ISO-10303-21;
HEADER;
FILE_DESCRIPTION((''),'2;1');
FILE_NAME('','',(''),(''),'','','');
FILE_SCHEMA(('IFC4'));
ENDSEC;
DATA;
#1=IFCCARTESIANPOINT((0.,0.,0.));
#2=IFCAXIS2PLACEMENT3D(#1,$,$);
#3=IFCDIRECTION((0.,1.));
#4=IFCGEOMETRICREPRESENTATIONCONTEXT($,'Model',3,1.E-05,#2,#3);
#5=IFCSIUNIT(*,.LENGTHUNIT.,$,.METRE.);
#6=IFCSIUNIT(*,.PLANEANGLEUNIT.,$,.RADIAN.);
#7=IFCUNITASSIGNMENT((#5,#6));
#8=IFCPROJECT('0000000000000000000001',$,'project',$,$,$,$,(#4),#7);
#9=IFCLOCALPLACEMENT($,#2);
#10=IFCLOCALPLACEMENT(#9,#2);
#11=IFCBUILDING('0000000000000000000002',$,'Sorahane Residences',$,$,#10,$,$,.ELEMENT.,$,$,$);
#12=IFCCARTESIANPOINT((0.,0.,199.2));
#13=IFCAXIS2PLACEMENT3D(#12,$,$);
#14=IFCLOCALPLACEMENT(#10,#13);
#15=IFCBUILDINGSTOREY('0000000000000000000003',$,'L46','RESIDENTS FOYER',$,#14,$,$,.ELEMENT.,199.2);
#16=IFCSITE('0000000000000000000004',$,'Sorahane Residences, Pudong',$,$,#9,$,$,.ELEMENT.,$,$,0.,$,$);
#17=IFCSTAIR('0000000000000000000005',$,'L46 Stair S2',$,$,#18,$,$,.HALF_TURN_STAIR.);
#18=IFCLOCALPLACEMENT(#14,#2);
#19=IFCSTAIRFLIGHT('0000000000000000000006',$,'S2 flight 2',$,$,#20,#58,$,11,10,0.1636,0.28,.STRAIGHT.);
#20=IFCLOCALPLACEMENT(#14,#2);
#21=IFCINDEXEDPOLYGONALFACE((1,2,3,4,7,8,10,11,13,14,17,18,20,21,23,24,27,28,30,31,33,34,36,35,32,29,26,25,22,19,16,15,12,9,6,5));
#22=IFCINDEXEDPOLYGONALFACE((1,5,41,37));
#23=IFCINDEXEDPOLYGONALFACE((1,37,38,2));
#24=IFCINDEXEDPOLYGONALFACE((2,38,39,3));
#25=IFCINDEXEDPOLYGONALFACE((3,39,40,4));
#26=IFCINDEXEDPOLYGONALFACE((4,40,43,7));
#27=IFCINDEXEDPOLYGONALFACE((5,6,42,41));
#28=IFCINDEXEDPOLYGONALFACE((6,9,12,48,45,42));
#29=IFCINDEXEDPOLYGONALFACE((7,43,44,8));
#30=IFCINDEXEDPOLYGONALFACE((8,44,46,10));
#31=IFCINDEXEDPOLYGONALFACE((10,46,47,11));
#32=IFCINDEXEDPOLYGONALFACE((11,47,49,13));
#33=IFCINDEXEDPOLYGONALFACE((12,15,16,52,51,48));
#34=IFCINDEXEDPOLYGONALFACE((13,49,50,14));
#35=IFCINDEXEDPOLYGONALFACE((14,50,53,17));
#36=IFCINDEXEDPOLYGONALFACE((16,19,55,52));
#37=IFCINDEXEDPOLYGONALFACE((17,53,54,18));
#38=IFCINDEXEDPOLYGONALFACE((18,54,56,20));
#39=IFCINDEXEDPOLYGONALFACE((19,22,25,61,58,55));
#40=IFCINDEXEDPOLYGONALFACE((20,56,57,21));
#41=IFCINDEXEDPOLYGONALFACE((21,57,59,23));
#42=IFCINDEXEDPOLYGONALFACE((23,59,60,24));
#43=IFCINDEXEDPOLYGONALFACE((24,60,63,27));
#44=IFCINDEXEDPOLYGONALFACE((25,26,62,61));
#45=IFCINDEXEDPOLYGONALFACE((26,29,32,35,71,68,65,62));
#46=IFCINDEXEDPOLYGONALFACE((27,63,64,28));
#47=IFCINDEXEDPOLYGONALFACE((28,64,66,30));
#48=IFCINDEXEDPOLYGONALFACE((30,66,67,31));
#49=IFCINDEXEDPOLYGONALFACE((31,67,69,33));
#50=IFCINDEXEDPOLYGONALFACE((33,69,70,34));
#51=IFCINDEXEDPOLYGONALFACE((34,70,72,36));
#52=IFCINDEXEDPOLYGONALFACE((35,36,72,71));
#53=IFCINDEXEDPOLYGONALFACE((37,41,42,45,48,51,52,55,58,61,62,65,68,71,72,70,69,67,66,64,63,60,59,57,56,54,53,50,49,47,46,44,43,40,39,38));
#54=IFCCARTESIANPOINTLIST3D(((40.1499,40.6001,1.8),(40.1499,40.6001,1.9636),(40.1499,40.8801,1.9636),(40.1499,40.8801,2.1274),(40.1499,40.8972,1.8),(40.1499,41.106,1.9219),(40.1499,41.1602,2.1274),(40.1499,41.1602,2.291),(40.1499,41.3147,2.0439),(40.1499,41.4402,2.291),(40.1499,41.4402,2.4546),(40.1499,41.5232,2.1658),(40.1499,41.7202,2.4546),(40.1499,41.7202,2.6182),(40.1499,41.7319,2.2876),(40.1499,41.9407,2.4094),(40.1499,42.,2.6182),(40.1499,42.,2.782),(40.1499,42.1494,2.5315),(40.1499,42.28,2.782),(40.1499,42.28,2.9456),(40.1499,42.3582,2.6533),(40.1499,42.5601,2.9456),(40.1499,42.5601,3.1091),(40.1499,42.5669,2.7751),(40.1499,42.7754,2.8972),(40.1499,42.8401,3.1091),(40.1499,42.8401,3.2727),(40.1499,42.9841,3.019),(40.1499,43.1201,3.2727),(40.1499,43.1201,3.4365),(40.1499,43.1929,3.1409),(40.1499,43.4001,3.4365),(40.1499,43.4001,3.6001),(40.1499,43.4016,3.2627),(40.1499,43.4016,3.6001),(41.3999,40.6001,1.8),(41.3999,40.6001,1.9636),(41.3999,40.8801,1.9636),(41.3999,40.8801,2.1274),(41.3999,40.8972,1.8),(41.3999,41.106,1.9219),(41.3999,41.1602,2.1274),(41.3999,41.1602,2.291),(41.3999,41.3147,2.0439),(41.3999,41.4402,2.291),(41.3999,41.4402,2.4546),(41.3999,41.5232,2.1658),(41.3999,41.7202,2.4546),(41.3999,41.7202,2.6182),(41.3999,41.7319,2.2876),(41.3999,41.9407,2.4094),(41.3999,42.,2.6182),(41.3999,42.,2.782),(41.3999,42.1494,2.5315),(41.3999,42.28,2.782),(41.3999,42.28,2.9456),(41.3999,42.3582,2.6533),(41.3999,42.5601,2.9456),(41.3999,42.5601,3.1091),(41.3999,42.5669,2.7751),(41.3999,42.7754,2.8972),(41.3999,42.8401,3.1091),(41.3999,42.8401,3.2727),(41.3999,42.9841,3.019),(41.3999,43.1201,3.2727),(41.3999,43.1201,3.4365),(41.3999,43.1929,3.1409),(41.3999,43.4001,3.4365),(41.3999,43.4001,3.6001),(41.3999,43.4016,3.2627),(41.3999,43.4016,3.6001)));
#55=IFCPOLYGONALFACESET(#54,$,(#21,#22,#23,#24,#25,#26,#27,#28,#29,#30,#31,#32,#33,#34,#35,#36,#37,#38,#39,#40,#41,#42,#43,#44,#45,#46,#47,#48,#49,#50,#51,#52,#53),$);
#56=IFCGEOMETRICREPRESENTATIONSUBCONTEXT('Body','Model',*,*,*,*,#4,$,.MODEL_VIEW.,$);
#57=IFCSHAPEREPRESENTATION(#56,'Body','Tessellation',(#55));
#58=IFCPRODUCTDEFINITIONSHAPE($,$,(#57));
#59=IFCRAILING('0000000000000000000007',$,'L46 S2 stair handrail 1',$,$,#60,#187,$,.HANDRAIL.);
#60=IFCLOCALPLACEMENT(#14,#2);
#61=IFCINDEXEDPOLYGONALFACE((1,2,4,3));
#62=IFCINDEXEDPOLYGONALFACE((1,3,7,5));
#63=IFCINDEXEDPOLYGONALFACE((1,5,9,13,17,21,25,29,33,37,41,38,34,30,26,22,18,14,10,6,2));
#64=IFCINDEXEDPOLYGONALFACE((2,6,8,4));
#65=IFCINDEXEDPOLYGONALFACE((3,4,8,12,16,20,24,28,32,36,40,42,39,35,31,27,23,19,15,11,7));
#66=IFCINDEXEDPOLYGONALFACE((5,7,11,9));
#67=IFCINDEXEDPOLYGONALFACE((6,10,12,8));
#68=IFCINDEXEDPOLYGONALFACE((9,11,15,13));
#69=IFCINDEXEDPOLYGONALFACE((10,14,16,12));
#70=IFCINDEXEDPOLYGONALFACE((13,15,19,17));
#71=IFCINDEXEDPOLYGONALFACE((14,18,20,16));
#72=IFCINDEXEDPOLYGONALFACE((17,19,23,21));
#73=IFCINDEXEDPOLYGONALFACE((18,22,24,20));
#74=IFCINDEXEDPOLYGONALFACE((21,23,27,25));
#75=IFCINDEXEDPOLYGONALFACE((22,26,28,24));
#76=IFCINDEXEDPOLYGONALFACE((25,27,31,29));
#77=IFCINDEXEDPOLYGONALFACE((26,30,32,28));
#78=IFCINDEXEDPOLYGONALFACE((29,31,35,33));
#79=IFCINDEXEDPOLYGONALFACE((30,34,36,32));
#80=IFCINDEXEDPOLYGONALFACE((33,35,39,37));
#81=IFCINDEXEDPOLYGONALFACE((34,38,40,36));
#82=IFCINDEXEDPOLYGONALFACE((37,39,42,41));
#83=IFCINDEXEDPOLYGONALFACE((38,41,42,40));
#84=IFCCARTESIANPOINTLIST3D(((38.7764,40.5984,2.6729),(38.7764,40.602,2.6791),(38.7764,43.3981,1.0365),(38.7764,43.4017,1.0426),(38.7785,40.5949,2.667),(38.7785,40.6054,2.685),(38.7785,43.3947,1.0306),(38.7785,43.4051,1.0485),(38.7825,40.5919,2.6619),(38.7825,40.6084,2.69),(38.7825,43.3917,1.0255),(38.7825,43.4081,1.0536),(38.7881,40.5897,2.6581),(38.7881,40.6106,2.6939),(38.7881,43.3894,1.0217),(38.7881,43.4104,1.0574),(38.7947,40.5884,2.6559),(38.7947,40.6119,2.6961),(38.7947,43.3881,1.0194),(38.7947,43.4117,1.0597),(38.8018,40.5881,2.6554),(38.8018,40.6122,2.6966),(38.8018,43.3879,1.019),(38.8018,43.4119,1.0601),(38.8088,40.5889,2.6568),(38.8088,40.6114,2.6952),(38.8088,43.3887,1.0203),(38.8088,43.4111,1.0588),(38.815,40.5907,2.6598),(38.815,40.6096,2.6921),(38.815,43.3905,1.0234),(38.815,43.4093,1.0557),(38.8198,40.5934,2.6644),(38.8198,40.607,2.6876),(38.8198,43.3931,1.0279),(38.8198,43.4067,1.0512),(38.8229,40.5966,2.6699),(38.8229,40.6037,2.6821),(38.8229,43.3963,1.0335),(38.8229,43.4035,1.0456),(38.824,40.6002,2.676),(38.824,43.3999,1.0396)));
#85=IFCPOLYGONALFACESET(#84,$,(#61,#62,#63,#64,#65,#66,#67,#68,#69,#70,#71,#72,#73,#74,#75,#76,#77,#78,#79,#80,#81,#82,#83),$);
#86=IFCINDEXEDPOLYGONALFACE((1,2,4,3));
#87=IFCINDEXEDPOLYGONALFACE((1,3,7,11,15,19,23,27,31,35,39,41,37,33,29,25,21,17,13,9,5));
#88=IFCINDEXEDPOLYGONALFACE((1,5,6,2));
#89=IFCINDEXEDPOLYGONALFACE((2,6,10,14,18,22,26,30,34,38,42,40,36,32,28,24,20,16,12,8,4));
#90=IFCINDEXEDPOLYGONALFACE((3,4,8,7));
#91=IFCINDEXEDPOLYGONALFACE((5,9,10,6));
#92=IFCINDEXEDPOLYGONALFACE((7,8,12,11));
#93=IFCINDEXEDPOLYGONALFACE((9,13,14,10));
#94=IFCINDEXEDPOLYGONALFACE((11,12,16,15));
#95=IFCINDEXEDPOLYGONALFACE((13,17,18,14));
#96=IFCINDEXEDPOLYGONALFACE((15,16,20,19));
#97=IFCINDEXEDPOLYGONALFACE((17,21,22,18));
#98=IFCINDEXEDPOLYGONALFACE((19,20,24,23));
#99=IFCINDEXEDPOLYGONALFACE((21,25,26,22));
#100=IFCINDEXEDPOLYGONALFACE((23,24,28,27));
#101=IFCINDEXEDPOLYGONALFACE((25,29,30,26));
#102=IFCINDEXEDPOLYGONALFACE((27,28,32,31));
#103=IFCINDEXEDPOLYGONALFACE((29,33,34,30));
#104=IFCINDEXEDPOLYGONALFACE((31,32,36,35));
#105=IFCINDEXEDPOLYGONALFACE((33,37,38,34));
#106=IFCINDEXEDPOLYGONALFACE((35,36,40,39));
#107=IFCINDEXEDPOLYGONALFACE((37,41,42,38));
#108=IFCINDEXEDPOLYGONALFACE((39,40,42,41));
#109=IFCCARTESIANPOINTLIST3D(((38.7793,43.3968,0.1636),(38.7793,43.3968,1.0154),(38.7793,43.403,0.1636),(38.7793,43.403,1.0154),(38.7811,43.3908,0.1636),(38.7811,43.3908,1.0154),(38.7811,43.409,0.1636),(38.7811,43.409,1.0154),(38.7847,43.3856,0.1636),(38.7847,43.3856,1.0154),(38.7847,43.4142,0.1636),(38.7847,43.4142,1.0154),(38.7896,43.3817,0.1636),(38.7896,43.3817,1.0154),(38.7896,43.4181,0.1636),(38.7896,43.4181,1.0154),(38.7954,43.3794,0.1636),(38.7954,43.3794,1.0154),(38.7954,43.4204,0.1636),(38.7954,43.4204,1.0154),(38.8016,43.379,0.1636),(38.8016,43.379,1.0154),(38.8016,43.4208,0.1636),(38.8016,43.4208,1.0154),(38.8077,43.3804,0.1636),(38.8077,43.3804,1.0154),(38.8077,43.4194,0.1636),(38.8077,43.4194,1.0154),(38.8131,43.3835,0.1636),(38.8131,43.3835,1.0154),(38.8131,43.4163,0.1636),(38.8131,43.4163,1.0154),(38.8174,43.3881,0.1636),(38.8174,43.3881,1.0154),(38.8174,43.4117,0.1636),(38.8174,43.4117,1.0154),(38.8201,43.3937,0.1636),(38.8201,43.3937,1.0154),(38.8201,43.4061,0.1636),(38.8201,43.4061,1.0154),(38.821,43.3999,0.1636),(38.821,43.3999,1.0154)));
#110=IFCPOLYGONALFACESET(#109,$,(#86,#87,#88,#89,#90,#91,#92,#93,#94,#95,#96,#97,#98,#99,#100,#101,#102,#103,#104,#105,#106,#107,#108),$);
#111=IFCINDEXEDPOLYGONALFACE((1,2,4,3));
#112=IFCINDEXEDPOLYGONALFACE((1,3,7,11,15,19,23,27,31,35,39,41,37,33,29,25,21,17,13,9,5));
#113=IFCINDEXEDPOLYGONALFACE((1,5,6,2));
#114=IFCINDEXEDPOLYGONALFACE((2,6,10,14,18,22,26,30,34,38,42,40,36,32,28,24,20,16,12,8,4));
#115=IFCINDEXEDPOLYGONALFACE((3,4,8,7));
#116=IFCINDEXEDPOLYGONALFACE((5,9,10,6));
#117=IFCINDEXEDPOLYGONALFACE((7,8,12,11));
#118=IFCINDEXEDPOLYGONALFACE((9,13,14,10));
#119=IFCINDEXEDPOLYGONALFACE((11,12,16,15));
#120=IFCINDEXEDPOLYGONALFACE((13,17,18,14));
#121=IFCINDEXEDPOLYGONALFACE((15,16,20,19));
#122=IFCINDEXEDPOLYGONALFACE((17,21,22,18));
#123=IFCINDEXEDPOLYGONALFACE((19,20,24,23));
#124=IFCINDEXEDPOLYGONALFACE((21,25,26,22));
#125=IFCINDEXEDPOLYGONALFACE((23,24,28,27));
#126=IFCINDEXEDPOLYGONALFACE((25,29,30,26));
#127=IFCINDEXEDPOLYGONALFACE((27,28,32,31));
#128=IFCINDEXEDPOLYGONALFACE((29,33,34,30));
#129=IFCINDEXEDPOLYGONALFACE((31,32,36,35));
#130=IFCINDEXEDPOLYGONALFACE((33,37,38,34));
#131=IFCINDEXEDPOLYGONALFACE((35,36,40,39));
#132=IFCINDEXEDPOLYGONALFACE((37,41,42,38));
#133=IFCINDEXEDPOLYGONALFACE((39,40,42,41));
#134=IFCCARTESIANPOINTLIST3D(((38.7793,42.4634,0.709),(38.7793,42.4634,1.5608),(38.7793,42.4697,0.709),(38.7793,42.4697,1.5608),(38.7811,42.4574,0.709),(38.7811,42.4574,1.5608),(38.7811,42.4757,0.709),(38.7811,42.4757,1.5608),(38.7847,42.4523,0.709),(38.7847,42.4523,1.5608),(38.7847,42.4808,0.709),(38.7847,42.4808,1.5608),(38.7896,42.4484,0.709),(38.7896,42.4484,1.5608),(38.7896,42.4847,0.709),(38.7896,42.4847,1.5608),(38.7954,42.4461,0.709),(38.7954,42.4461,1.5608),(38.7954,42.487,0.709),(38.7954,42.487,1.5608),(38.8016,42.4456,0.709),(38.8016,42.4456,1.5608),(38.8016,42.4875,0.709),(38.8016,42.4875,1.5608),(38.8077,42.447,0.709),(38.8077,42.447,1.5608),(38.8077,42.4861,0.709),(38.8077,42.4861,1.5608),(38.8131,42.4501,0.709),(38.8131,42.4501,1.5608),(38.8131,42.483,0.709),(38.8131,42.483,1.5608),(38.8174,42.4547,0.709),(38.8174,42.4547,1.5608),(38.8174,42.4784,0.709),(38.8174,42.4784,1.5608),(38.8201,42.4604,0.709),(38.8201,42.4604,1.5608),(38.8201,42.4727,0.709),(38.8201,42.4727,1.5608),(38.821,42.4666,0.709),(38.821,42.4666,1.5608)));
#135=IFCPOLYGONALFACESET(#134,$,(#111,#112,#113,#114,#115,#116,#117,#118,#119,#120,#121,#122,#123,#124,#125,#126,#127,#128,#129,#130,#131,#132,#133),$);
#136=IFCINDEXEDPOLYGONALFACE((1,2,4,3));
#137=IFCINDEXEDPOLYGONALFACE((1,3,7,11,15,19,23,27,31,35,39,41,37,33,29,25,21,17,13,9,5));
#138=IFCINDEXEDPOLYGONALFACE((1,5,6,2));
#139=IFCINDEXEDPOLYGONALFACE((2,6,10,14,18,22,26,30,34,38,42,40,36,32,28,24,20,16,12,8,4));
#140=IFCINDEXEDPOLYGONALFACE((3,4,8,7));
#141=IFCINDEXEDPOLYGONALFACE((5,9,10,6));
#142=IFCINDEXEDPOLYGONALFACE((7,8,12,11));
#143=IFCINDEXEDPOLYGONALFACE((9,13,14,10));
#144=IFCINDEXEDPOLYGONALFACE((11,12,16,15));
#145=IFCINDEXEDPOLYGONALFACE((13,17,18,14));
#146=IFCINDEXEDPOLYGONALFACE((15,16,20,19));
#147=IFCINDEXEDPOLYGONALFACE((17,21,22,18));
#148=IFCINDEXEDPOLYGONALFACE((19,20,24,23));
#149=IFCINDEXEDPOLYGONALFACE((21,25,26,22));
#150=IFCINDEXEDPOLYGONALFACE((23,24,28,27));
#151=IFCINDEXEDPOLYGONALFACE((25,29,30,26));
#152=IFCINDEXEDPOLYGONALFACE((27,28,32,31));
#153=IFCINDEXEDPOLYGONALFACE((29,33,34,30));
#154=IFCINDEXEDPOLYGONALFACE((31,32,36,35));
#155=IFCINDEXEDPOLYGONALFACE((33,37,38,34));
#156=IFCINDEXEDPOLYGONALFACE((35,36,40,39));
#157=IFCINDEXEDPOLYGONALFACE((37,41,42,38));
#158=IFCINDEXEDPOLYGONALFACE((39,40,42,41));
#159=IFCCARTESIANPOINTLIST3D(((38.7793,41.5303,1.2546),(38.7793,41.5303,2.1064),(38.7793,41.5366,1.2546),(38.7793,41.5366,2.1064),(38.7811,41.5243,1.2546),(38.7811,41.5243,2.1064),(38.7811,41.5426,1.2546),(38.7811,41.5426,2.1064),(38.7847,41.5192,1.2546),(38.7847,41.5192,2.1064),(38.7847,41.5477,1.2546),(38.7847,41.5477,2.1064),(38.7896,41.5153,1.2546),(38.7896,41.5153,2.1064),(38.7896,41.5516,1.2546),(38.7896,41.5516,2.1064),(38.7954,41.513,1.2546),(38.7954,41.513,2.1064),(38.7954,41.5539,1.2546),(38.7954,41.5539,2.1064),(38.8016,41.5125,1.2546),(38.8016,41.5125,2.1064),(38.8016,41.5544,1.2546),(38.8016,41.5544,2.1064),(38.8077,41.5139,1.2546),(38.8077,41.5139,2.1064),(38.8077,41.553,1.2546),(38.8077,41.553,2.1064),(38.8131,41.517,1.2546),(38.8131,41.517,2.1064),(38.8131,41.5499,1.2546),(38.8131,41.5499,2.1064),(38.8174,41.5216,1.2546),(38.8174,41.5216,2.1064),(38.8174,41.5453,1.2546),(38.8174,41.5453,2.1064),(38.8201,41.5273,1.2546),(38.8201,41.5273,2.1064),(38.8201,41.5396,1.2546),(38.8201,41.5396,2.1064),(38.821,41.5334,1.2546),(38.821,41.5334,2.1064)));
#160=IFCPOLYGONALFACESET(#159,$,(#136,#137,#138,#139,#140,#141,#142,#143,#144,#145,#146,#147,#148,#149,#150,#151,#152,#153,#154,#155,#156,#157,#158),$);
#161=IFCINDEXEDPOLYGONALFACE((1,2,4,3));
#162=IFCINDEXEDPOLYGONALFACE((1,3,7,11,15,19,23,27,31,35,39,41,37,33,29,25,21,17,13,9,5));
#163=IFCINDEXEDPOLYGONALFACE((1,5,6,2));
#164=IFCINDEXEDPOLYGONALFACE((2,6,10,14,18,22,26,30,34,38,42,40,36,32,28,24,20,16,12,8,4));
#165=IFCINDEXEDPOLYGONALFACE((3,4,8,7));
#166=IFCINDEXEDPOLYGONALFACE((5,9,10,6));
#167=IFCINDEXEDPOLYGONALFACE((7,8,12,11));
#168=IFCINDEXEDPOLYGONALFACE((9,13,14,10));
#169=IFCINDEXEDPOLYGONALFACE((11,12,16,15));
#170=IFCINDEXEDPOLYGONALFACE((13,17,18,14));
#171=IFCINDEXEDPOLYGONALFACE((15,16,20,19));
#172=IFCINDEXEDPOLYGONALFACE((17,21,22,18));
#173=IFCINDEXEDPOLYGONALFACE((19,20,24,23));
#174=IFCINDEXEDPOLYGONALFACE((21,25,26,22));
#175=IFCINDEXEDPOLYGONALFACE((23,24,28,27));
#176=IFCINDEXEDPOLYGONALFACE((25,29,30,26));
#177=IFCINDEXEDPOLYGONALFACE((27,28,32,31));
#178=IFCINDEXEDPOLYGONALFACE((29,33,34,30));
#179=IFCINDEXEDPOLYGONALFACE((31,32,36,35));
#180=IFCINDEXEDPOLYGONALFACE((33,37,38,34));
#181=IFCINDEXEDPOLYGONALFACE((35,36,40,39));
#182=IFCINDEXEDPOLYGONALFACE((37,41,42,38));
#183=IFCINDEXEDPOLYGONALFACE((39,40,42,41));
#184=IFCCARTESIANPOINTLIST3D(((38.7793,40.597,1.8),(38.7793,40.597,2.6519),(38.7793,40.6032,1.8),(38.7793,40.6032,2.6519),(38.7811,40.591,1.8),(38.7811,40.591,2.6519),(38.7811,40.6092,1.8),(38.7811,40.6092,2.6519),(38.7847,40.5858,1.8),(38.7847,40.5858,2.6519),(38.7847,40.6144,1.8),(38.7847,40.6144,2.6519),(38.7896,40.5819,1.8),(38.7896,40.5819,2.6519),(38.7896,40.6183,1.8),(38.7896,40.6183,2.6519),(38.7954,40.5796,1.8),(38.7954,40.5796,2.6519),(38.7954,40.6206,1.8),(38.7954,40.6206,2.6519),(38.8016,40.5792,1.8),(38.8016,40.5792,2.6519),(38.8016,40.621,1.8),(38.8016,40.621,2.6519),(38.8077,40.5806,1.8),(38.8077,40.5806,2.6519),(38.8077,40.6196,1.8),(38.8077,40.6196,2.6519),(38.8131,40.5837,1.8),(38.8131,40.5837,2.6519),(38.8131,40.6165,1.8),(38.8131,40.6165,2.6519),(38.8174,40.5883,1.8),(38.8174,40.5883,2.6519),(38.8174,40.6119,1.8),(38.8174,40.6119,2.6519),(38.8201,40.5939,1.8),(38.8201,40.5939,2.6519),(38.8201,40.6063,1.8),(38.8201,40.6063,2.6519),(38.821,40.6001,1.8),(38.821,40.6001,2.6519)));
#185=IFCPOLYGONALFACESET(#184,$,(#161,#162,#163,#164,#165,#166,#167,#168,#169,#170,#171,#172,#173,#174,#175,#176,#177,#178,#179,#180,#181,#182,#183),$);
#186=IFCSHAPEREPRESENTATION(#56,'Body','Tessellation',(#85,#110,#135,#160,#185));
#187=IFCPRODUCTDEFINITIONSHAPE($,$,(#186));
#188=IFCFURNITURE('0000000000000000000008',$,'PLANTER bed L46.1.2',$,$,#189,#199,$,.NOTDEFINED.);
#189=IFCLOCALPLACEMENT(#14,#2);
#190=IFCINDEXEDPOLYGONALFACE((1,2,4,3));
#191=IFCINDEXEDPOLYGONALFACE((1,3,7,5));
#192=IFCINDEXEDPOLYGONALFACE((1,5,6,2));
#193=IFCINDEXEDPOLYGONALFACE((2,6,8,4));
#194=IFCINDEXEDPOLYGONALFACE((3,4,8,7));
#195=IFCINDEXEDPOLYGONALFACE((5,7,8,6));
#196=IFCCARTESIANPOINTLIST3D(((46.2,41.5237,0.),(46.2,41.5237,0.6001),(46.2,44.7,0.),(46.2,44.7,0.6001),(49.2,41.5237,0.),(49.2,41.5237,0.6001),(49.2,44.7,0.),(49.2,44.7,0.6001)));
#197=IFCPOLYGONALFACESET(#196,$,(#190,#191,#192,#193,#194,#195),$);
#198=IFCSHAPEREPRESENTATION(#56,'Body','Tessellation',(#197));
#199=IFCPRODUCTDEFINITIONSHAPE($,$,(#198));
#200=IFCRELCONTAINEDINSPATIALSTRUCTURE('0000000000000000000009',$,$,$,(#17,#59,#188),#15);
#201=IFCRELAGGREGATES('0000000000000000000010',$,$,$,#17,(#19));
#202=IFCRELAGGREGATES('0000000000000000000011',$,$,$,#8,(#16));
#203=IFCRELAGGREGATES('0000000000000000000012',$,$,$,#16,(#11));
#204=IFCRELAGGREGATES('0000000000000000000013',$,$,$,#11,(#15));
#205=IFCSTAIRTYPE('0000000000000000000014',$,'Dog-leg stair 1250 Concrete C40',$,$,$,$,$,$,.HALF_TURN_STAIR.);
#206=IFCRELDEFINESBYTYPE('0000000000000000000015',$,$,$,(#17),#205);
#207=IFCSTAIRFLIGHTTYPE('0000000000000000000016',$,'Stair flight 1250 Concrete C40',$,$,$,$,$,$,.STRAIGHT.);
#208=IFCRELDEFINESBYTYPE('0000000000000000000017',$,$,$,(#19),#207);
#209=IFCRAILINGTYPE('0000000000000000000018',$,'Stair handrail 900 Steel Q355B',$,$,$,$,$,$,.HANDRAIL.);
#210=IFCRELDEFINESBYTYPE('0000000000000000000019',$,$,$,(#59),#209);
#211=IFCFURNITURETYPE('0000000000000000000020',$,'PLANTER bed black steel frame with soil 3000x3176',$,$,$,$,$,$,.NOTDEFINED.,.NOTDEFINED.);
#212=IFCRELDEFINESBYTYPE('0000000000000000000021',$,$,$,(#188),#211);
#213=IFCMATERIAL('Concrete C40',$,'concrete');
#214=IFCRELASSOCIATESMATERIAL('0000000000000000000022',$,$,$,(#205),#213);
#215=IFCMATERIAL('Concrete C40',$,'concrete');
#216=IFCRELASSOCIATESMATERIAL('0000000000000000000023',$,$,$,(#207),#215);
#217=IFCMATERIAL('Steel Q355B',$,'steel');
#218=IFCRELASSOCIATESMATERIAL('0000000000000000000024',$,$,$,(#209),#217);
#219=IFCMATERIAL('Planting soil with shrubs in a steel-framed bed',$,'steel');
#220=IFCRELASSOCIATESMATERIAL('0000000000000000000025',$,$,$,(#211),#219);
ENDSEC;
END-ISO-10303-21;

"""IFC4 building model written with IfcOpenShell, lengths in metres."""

from ifc_helpers import new_model, si_unit, direction, frame, origin, origin_2d, place, context, subcontext, project, spatial, polyline, rectangle, circle, outline, extrude, material, type_object, element, aggregate, save


model = new_model("IFC4")

# Units and contexts
model_context = context("Model", 3, precision=1e-05, world=origin(), true_north=direction((0.0, 1.0)))
body_context = subcontext(model_context, "Body", "Model", "MODEL_VIEW")
ifc_project = project(units=[si_unit("LENGTHUNIT", "METRE"), si_unit("PLANEANGLEUNIT", "RADIAN")], contexts=[model_context])

# Site, building, storey
site_placement = place(None, origin())
site = spatial("IfcSite", under=ifc_project, at=site_placement, Name="Sorahane Residences, Pudong", CompositionType="ELEMENT", RefElevation=0.0)
building_placement = place(site_placement, origin())
building = spatial("IfcBuilding", under=site, at=building_placement, Name="Sorahane Residences", CompositionType="ELEMENT")
storey_placement = place(building_placement, frame((0.0, 0.0, 199.2)))
storey = spatial("IfcBuildingStorey", under=building, at=storey_placement, Name="L46", Description="RESIDENTS FOYER", CompositionType="ELEMENT", Elevation=199.2)

# Stair, stair flight
ifc_material_1 = material(Name="Concrete C40", Category="concrete")
stair_type = type_object("IfcStairType", Name="Dog-leg stair 1250 Concrete C40", PredefinedType="HALF_TURN_STAIR", material=ifc_material_1)
stair_placement = place(storey_placement, origin())
stair = element("IfcStair", 1, at=stair_placement, inside=storey, type_object=stair_type, Name="L46 Stair S2", PredefinedType="HALF_TURN_STAIR")
ifc_material_2 = material(Name="Concrete C40", Category="concrete")
stair_flight_type = type_object("IfcStairFlightType", Name="Stair flight 1250 Concrete C40", PredefinedType="STRAIGHT", material=ifc_material_2)
stair_flight_1_placement = place(storey_placement, frame((40.7749, 40.6001, 1.8), z_axis=(0.0, 0.0, 1.0), x_axis=(0.0, 1.0, 0.0)))
stair_flight_1 = element("IfcStairFlight", 2, at=stair_flight_1_placement, type_object=stair_flight_type, Name="S2 flight 2", NumberOfRisers=11, NumberOfTreads=10, PredefinedType="STRAIGHT", RiserHeight=0.1636, TreadLength=0.28, context=body_context, shape_type="SweptSolid", body=[
    extrude(outline(polyline([(0.0, 0.0), (0.0, 0.1636), (0.28, 0.1636), (0.28, 0.3274), (0.5601, 0.3274), (0.5601, 0.491), (0.8401, 0.491), (0.8401, 0.6545), (1.1201, 0.6545), (1.1201, 0.8181), (1.3999, 0.8181), (1.3999, 0.9819), (1.6799, 0.9819), (1.6799, 1.1455), (1.96, 1.1455), (1.96, 1.3091), (2.24, 1.3091), (2.24, 1.4727), (2.52, 1.4727), (2.52, 1.6365), (2.8, 1.6365), (2.8, 1.8), (2.8015, 1.8), (2.8015, 1.4626), (2.5928, 1.3408), (2.384, 1.219), (2.1753, 1.0972), (1.9668, 0.9751), (1.7581, 0.8533), (1.5493, 0.7314), (1.3406, 0.6094), (1.1318, 0.4875), (0.9231, 0.3657), (0.7146, 0.2439), (0.5059, 0.1218), (0.2971, 0.0), (0.0, 0.0)])), frame((0.0, 0.625, 0.0), z_axis=(0.0, -1.0, 0.0), x_axis=(1.0, 0.0, 0.0)), (0.0, 0.0, 1.0), 1.25),
])
aggregate(stair, [stair_flight_1])

# Railing
ifc_material_3 = material(Name="Steel Q355B", Category="steel")
railing_type_1 = type_object("IfcRailingType", Name="Stair handrail 900 Steel Q355B", PredefinedType="HANDRAIL", material=ifc_material_3)
railing_1_placement = place(storey_placement, frame((38.8, 43.3999, 0.1636)))
element("IfcRailing", 3, at=railing_1_placement, inside=storey, type_object=railing_type_1, Name="L46 S2 stair handrail 1", PredefinedType="HANDRAIL", context=body_context, shape_type="SweptSolid", body=[
    extrude(circle(Radius=0.0239, at=origin_2d()), frame((0.0, 0.0, 0.876), z_axis=(0.0, -0.863342, 0.50462), x_axis=(1.0, 0.0, 0.0)), (0.0, 0.0, 1.0), 3.2429),
    extrude(circle(Radius=0.021, at=origin_2d()), origin(), (0.0, 0.0, 1.0), 0.8518),
    extrude(circle(Radius=0.021, at=origin_2d()), frame((0.0, -0.9333, 0.5454)), (0.0, 0.0, 1.0), 0.8518),
    extrude(circle(Radius=0.021, at=origin_2d()), frame((0.0, -1.8665, 1.0911)), (0.0, 0.0, 1.0), 0.8518),
    extrude(circle(Radius=0.021, at=origin_2d()), frame((0.0, -2.7998, 1.6365)), (0.0, 0.0, 1.0), 0.8518),
])

# Furniture
ifc_material_4 = material(Name="Planting soil with shrubs in a steel-framed bed", Category="steel")
furniture_type_1 = type_object("IfcFurnitureType", Name="PLANTER bed black steel frame with soil 3000x3176", AssemblyPlace="NOTDEFINED", PredefinedType="NOTDEFINED", material=ifc_material_4)
furniture_1_placement = place(storey_placement, frame((47.7, 43.1118, 0.0), z_axis=(0.0, 0.0, 1.0), x_axis=(1.0, 0.0, 0.0)))
element("IfcFurniture", 4, at=furniture_1_placement, inside=storey, type_object=furniture_type_1, Name="PLANTER bed L46.1.2", PredefinedType="NOTDEFINED", context=body_context, shape_type="SweptSolid", body=[
    extrude(rectangle(XDim=3.0, YDim=3.1763, at=origin_2d()), origin(), (0.0, 0.0, 1.0), 0.6001),
])

save(model, "model.ifc")
